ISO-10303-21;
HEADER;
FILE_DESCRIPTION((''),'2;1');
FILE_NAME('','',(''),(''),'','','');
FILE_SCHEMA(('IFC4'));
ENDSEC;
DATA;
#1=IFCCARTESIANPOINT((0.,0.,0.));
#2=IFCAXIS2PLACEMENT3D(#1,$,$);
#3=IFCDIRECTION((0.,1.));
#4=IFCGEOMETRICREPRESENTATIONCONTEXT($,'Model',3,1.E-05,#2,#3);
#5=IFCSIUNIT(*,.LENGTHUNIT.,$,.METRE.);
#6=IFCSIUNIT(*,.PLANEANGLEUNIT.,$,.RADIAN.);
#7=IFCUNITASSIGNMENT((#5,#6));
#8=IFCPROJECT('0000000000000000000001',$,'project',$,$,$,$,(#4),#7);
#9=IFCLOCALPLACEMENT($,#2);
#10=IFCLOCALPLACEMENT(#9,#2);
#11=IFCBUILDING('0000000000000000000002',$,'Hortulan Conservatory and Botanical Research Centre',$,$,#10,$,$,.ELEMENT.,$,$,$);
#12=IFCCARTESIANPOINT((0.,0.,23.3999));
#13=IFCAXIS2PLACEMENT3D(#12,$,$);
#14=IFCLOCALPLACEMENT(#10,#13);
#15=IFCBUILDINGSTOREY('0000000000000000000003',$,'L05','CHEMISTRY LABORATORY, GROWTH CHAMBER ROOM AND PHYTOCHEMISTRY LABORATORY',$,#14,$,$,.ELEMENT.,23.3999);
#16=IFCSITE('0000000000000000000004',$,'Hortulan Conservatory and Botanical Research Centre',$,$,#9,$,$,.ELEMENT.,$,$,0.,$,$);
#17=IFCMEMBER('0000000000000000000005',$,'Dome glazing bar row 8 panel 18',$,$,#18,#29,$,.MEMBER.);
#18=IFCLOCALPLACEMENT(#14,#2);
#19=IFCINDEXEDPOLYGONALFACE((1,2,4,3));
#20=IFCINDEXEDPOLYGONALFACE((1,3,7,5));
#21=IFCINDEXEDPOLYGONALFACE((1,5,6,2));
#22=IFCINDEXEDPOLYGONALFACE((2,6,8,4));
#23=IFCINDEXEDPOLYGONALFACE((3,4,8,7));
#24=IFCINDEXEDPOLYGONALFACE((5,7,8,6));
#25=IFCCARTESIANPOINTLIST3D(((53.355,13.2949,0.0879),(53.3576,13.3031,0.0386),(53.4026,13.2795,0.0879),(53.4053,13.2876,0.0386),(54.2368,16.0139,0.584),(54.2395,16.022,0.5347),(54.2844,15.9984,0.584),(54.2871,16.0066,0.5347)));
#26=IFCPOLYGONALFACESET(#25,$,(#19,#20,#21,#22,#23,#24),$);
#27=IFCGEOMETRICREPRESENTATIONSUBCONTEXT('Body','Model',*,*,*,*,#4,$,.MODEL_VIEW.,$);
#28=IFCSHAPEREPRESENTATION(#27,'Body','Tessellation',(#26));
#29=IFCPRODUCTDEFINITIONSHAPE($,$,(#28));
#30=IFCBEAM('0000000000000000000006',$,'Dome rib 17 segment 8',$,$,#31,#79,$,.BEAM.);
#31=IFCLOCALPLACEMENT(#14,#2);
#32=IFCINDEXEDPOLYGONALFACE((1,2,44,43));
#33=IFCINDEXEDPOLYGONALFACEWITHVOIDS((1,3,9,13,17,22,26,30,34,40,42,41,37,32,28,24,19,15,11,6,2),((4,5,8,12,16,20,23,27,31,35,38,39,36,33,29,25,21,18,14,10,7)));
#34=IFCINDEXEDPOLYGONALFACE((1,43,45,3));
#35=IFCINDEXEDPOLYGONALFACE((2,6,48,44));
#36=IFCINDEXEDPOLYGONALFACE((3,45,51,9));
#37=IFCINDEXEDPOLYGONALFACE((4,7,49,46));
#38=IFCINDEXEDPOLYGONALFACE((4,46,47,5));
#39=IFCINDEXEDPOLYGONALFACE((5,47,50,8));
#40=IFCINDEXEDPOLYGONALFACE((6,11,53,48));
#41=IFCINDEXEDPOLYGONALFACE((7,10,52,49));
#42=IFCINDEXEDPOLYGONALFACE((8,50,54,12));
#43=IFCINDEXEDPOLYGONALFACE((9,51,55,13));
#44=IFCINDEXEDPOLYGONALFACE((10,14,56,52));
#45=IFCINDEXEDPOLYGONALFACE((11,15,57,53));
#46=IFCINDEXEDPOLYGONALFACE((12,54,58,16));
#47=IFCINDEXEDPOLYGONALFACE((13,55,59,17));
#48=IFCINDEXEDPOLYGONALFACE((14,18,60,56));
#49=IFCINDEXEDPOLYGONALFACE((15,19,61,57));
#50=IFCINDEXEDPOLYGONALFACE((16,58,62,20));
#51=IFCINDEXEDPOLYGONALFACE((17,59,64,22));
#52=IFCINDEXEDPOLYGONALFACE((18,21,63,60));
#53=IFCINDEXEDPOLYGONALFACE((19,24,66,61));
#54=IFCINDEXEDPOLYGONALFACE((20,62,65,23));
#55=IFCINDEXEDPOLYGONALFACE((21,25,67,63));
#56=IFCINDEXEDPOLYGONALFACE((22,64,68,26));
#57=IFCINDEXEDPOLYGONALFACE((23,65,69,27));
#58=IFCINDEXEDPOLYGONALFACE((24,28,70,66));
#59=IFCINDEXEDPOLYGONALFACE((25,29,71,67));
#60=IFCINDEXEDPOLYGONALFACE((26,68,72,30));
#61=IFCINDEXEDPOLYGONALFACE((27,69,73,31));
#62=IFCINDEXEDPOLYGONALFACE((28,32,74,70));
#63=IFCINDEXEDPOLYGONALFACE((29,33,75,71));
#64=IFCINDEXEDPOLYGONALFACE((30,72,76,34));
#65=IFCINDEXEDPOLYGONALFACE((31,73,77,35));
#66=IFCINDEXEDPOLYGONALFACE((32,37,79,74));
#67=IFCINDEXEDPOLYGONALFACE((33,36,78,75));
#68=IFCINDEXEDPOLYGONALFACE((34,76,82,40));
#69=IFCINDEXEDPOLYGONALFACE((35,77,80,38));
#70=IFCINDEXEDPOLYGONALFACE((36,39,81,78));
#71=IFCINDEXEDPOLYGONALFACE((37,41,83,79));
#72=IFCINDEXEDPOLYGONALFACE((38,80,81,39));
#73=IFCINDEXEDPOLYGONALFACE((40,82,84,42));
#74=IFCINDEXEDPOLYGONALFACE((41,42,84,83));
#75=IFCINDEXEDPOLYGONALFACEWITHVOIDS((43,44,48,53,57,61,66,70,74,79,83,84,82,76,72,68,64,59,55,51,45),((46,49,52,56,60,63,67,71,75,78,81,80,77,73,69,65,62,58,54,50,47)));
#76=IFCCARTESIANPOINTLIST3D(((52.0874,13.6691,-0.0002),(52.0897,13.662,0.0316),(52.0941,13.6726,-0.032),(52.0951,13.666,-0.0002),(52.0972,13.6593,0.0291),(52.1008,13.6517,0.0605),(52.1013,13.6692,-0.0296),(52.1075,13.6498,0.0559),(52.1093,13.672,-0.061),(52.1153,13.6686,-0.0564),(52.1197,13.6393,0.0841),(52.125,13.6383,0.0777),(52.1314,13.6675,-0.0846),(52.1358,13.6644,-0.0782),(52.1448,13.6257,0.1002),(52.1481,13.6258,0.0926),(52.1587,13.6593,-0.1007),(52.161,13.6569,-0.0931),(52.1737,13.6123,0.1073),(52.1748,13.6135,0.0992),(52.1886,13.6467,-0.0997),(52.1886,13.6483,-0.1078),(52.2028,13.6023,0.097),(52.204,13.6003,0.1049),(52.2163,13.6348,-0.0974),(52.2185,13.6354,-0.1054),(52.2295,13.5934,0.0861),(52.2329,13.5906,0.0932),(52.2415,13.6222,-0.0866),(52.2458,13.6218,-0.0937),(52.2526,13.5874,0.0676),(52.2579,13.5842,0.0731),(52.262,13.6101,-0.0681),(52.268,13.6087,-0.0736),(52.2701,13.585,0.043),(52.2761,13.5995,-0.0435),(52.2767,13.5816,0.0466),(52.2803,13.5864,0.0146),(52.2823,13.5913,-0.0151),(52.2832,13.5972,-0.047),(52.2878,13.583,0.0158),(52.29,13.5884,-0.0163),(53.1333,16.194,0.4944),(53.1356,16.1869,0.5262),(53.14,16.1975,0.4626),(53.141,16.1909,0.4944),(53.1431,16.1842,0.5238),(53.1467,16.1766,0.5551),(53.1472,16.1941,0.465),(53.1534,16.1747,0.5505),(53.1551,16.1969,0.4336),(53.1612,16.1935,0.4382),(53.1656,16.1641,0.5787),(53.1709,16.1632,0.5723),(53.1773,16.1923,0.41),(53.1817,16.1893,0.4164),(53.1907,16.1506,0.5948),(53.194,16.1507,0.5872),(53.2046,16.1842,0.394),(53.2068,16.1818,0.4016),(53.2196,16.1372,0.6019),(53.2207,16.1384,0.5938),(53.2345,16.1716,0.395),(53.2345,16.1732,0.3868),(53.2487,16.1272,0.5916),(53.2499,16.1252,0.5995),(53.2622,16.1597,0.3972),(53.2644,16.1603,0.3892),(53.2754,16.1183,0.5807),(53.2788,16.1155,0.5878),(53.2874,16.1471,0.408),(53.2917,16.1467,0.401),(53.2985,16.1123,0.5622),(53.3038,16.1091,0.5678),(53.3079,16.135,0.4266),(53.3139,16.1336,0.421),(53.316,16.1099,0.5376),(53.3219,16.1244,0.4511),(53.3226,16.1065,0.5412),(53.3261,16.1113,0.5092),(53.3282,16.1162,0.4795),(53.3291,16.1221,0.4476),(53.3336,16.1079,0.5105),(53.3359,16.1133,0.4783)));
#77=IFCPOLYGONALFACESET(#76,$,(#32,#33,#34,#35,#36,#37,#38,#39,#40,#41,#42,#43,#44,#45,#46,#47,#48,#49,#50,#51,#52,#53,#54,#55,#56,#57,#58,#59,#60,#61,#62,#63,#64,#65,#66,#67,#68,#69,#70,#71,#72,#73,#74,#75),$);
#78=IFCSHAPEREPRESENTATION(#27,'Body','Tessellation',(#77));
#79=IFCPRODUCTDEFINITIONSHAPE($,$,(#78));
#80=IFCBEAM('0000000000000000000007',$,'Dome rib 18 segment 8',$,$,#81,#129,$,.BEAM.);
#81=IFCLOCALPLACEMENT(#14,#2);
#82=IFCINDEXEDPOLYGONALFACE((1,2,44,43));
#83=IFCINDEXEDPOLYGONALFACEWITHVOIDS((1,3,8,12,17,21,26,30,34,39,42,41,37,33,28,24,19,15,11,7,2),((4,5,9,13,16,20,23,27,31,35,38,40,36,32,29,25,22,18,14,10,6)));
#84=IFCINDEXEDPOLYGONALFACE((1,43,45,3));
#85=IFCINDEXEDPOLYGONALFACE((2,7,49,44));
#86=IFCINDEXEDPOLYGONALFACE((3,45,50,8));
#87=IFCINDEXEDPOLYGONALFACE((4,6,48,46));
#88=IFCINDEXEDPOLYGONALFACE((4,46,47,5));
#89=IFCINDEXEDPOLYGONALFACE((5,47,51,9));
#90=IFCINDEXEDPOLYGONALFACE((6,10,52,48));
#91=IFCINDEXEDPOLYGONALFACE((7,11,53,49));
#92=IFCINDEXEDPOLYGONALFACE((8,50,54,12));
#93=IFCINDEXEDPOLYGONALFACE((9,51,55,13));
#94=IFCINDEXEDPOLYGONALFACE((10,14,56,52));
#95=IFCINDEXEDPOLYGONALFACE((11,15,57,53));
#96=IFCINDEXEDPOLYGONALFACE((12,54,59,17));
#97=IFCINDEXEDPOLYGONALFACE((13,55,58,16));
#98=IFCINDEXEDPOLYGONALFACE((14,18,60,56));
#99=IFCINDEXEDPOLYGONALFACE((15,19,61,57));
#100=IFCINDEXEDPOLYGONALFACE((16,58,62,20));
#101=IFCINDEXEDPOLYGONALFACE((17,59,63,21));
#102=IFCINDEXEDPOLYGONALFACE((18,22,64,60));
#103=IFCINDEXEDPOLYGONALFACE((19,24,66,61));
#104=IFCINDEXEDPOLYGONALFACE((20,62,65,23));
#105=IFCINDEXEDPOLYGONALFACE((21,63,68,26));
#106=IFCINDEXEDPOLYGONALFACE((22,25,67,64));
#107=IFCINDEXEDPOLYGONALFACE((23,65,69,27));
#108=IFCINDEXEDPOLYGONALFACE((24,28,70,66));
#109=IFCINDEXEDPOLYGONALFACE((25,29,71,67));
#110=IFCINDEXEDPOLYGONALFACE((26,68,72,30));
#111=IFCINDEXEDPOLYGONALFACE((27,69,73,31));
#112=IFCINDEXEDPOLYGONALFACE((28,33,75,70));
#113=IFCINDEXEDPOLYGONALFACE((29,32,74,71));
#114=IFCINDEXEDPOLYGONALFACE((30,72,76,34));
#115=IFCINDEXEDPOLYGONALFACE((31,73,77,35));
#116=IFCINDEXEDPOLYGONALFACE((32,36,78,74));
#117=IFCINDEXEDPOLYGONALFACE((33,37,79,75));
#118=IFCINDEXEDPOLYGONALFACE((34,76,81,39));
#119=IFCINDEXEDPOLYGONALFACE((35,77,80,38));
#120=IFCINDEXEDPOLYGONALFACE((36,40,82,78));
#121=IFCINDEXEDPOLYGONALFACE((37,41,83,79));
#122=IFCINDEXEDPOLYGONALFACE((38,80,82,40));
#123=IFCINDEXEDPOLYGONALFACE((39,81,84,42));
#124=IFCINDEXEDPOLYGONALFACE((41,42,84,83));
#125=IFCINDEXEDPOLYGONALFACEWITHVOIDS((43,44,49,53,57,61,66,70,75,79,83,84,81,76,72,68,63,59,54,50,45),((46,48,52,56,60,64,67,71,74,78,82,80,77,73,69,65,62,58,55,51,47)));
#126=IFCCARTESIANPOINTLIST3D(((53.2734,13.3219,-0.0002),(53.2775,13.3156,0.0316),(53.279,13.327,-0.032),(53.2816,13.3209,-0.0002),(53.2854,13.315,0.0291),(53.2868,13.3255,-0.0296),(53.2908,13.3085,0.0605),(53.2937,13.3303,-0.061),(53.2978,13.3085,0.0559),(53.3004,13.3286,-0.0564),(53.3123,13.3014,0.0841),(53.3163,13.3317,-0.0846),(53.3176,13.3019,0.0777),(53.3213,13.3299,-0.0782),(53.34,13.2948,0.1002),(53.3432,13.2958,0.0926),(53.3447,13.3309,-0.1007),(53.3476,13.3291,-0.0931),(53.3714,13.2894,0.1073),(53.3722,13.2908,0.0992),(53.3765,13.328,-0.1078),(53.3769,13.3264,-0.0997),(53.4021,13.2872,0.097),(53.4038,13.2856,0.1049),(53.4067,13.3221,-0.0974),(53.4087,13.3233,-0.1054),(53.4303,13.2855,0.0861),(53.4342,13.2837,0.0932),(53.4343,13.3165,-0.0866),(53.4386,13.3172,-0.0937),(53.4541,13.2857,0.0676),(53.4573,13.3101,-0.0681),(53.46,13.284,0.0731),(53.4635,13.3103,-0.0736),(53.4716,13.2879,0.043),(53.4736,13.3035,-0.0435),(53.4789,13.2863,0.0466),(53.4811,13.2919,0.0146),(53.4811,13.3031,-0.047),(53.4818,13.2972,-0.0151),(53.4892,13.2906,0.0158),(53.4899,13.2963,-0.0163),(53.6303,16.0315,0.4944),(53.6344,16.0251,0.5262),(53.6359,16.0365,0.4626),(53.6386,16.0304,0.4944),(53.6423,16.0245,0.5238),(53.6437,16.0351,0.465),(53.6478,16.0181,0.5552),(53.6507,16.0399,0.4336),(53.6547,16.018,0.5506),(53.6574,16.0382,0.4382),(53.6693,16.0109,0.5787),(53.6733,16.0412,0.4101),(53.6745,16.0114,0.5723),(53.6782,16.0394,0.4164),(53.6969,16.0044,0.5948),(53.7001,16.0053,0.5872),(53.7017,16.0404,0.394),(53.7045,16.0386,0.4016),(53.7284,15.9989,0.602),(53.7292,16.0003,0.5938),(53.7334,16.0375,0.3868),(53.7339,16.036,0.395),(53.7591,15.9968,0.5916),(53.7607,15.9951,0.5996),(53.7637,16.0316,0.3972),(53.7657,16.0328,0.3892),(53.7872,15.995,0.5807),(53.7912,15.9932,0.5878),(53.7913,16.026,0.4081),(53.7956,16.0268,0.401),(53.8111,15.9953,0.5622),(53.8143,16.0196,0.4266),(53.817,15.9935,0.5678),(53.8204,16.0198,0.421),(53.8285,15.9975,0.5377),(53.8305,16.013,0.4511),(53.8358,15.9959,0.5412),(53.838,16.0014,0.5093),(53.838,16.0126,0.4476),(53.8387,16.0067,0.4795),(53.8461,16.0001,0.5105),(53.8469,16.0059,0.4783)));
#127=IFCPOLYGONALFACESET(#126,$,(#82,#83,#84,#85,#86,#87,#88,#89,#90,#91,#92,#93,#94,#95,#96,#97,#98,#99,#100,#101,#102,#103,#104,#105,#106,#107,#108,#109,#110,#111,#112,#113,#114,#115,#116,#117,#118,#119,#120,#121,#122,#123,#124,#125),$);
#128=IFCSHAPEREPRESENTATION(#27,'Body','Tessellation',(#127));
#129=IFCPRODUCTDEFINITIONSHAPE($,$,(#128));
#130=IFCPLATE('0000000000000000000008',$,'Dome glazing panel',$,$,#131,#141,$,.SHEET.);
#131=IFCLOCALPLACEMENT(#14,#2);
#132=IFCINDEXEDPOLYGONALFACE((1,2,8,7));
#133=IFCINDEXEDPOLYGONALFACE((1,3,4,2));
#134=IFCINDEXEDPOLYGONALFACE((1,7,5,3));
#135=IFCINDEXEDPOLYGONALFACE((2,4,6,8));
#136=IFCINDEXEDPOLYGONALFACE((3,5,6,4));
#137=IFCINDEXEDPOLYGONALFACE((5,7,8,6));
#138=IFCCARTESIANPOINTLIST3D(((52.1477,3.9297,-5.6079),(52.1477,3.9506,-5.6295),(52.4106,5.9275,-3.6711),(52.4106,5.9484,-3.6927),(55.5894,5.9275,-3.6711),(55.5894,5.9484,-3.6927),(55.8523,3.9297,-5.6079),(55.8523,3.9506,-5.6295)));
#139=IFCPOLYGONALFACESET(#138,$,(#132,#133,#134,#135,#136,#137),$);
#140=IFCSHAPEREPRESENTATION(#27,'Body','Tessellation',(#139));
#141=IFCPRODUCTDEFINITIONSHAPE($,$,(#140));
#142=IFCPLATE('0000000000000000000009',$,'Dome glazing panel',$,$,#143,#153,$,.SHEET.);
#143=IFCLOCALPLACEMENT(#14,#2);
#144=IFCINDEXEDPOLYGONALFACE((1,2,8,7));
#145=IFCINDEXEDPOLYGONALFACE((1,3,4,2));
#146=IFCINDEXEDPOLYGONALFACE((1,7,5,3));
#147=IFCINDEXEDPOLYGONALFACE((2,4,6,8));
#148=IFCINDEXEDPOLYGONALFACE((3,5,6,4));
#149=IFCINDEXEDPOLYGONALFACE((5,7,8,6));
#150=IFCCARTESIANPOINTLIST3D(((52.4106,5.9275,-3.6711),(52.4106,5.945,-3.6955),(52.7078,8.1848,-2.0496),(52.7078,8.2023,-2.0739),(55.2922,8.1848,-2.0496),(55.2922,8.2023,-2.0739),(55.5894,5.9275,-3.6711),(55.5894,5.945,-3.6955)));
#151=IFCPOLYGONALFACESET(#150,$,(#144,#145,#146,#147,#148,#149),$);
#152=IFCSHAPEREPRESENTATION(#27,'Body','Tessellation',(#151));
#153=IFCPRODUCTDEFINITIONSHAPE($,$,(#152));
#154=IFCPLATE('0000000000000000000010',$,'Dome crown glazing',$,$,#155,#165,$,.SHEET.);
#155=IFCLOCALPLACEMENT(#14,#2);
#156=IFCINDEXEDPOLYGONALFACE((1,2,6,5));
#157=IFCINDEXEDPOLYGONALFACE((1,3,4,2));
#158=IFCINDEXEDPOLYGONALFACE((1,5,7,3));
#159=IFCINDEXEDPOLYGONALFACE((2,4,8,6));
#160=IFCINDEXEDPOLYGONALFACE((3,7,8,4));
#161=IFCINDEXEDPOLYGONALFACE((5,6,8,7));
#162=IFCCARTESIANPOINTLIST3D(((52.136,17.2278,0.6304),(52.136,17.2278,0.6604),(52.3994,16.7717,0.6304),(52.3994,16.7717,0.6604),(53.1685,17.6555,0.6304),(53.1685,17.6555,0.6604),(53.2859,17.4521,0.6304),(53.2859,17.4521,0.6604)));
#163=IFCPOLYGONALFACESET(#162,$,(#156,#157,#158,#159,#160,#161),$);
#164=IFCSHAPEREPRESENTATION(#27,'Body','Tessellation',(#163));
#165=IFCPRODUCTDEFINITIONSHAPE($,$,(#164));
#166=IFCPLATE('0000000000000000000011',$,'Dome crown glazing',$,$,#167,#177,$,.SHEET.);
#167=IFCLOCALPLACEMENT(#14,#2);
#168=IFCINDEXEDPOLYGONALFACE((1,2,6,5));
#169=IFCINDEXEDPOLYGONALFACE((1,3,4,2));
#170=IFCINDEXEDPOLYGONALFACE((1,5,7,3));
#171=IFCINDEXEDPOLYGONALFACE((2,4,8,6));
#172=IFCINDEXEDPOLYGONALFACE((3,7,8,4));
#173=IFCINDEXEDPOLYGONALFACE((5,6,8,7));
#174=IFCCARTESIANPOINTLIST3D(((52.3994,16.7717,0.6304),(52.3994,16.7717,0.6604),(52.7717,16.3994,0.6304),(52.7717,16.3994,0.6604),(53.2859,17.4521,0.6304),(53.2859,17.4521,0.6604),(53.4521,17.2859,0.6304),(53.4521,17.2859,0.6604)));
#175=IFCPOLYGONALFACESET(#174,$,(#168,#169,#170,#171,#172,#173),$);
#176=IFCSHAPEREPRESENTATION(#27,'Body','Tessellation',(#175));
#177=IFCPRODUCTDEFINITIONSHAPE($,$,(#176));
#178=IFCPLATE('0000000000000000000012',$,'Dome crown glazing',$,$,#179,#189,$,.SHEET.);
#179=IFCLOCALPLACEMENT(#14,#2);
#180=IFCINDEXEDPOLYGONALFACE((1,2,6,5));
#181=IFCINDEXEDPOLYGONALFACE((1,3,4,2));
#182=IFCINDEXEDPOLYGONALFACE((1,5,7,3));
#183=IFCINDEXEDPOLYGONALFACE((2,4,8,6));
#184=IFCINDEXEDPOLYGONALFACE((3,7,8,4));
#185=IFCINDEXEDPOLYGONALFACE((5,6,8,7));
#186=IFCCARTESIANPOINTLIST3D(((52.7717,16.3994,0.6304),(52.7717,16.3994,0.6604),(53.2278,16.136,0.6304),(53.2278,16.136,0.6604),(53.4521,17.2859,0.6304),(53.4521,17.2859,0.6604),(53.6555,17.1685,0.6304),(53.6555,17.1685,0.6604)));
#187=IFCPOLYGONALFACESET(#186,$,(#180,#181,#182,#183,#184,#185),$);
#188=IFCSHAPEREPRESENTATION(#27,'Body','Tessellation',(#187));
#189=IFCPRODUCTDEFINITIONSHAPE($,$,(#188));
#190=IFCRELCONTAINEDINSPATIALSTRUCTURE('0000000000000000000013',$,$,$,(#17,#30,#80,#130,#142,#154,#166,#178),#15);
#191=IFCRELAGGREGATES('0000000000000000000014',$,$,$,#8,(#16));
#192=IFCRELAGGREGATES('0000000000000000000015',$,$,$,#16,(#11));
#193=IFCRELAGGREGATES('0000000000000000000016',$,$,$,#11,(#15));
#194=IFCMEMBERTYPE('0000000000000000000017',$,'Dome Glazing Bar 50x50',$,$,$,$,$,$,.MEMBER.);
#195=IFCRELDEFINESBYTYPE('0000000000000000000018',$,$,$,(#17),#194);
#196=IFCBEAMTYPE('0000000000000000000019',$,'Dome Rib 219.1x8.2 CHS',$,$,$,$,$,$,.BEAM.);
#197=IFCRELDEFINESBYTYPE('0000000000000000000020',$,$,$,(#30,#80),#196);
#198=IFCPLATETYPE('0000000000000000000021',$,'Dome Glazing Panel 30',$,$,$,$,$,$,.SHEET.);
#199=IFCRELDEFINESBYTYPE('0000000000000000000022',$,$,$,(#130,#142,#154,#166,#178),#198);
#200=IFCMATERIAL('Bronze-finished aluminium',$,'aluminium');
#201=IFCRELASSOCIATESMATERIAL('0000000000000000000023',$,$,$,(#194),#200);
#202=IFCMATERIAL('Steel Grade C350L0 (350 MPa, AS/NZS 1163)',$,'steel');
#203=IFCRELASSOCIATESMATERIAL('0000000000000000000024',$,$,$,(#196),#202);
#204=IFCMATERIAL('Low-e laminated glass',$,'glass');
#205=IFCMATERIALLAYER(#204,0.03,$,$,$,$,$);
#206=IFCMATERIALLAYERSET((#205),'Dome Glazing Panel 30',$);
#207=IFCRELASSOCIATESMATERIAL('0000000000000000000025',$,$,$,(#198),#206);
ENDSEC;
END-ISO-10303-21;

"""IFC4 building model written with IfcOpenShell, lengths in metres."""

from ifc_helpers import new_model, si_unit, direction, frame, origin, origin_2d, place, context, subcontext, project, spatial, polyline, rectangle, hollow_circle, outline, extrude, material, layer, layer_set, material_profile, profile_set, type_object, element, save


model = new_model("IFC4")

# Units and contexts
model_context = context("Model", 3, precision=1e-05, world=origin(), true_north=direction((0.0, 1.0)))
body_context = subcontext(model_context, "Body", "Model", "MODEL_VIEW")
ifc_project = project(units=[si_unit("LENGTHUNIT", "METRE"), si_unit("PLANEANGLEUNIT", "RADIAN")], contexts=[model_context])

# Site, building, storey
site_placement = place(None, origin())
site = spatial("IfcSite", under=ifc_project, at=site_placement, Name="Hortulan Conservatory and Botanical Research Centre", CompositionType="ELEMENT", RefElevation=0.0)
building_placement = place(site_placement, origin())
building = spatial("IfcBuilding", under=site, at=building_placement, Name="Hortulan Conservatory and Botanical Research Centre", CompositionType="ELEMENT")
storey_placement = place(building_placement, frame((0.0, 0.0, 23.3999)))
storey = spatial("IfcBuildingStorey", under=building, at=storey_placement, Name="L05", Description="CHEMISTRY LABORATORY, GROWTH CHAMBER ROOM AND PHYTOCHEMISTRY LABORATORY", CompositionType="ELEMENT", Elevation=23.3999)

# Member
ifc_material_1 = material(Name="Steel Grade C350L0 (350 MPa, AS/NZS 1163)", Category="steel")
ifc_material_2 = material(Name="Bronze-finished aluminium", Category="aluminium")
ifc_material_profile_1 = material_profile(ifc_material_2, rectangle(XDim=0.05, YDim=0.05, at=origin_2d()), Name="Square bar 50x50")
ifc_profile_set_1 = profile_set([ifc_material_profile_1], Name="Bronze-finished aluminium")
member_type_1 = type_object("IfcMemberType", Name="Dome Glazing Bar 50x50", PredefinedType="MEMBER", material=ifc_profile_set_1)
member_1_placement = place(storey_placement, frame((53.3801, 13.2913, 0.0632), z_axis=(0.303961, 0.937212, 0.170999), x_axis=(-0.951223, 0.308505, 0.0)))
element("IfcMember", 1, at=member_1_placement, inside=storey, type_object=member_type_1, Name="Dome glazing bar row 8 panel 18", PredefinedType="MEMBER", context=body_context, shape_type="SweptSolid", body=[
    extrude(rectangle(XDim=0.05, YDim=0.05, at=origin_2d()), origin(), (0.0, 0.0, 1.0), 2.9011),
])

# Beams
ifc_material_profile_2 = material_profile(ifc_material_1, hollow_circle(Radius=0.1096, WallThickness=0.0083, at=origin_2d()), Name="219.1x8.2CHS")
ifc_profile_set_2 = profile_set([ifc_material_profile_2], Name="Steel Grade C350L0 (350 MPa, AS/NZS 1163)")
beam_type = type_object("IfcBeamType", Name="Dome Rib 219.1x8.2 CHS", PredefinedType="BEAM", material=ifc_profile_set_2)
for number, where, z_axis, x_axis, name in (
    (2, (52.1887, 13.6272, -0.0002), (0.376581, 0.909104, 0.178094), (-0.923873, 0.382699, 0.0), "Dome rib 17 segment 8"),
    (3, (53.3821, 13.3076, -0.0002), (0.128519, 0.975584, 0.178098), (-0.991434, 0.130607, 0.0), "Dome rib 18 segment 8"),
):
    element("IfcBeam", number, at=place(storey_placement, frame(where, z_axis=z_axis, x_axis=x_axis)), inside=storey, type_object=beam_type, Name=name, PredefinedType="BEAM", context=body_context, shape_type="SweptSolid", body=[
        extrude(hollow_circle(Radius=0.1096, WallThickness=0.0083, at=origin_2d()), origin(), (0.0, 0.0, 1.0), 2.7773),
    ])

# Plates
ifc_material_3 = material(Name="Low-e laminated glass", Category="glass")
ifc_layer_1 = layer(ifc_material_3, 0.03)
ifc_layer_set_1 = layer_set([ifc_layer_1], Name="Dome Glazing Panel 30")
plate_type_1 = type_object("IfcPlateType", Name="Dome Glazing Panel 30", PredefinedType="SHEET", material=ifc_layer_set_1)
plate_1_placement = place(storey_placement, frame((52.1477, 3.9297, -5.6079), z_axis=(0.0, -0.696054, 0.717989), x_axis=(1.0, 0.0, 0.0)))
element("IfcPlate", 4, at=plate_1_placement, inside=storey, type_object=plate_type_1, Name="Dome glazing panel", PredefinedType="SHEET", context=body_context, shape_type="SweptSolid", body=[
    extrude(outline(polyline([(0.0, 0.0), (3.7046, 0.0), (3.4417, 2.7825), (0.2629, 2.7825), (0.0, 0.0)])), origin(), (0.0, 0.0, -1.0), 0.03),
])
plate_2_placement = place(storey_placement, frame((52.4106, 5.9275, -3.6711), z_axis=(0.0, -0.58343, 0.812164), x_axis=(1.0, 0.0, 0.0)))
element("IfcPlate", 5, at=plate_2_placement, inside=storey, type_object=plate_type_1, Name="Dome glazing panel", PredefinedType="SHEET", context=body_context, shape_type="SweptSolid", body=[
    extrude(outline(polyline([(0.0, 0.0), (3.1787, 0.0), (2.8816, 2.7794), (0.2971, 2.7794), (0.0, 0.0)])), origin(), (0.0, 0.0, -1.0), 0.03),
])
plate_3_placement = place(storey_placement, frame((52.136, 17.2278, 0.6604), z_axis=(0.0, 0.0, 1.0), x_axis=(0.500177, -0.865923, 0.0)))
element("IfcPlate", 6, at=plate_3_placement, inside=storey, type_object=plate_type_1, Name="Dome crown glazing", PredefinedType="SHEET", context=body_context, shape_type="SweptSolid", body=[
    extrude(outline(polyline([(0.0, 0.0), (0.5267, 0.0), (0.3809, 1.1079), (0.146, 1.108), (0.0, 0.0)])), origin(), (0.0, 0.0, -1.0), 0.03),
])
plate_4_placement = place(storey_placement, frame((52.3994, 16.7717, 0.6604), z_axis=(0.0, 0.0, 1.0), x_axis=(0.707107, -0.707107, 0.0)))
element("IfcPlate", 7, at=plate_4_placement, inside=storey, type_object=plate_type_1, Name="Dome crown glazing", PredefinedType="SHEET", context=body_context, shape_type="SweptSolid", body=[
    extrude(outline(polyline([(0.0, 0.0), (0.5265, 0.0), (0.3808, 1.108), (0.1457, 1.108), (0.0, 0.0)])), origin(), (0.0, 0.0, -1.0), 0.03),
])
plate_5_placement = place(storey_placement, frame((52.7717, 16.3994, 0.6604), z_axis=(0.0, 0.0, 1.0), x_axis=(0.865923, -0.500177, 0.0)))
element("IfcPlate", 8, at=plate_5_placement, inside=storey, type_object=plate_type_1, Name="Dome crown glazing", PredefinedType="SHEET", context=body_context, shape_type="SweptSolid", body=[
    extrude(outline(polyline([(0.0, 0.0), (0.5267, 0.0), (0.3806, 1.108), (0.1458, 1.1079), (0.0, 0.0)])), origin(), (0.0, 0.0, -1.0), 0.03),
])

save(model, "model.ifc")
